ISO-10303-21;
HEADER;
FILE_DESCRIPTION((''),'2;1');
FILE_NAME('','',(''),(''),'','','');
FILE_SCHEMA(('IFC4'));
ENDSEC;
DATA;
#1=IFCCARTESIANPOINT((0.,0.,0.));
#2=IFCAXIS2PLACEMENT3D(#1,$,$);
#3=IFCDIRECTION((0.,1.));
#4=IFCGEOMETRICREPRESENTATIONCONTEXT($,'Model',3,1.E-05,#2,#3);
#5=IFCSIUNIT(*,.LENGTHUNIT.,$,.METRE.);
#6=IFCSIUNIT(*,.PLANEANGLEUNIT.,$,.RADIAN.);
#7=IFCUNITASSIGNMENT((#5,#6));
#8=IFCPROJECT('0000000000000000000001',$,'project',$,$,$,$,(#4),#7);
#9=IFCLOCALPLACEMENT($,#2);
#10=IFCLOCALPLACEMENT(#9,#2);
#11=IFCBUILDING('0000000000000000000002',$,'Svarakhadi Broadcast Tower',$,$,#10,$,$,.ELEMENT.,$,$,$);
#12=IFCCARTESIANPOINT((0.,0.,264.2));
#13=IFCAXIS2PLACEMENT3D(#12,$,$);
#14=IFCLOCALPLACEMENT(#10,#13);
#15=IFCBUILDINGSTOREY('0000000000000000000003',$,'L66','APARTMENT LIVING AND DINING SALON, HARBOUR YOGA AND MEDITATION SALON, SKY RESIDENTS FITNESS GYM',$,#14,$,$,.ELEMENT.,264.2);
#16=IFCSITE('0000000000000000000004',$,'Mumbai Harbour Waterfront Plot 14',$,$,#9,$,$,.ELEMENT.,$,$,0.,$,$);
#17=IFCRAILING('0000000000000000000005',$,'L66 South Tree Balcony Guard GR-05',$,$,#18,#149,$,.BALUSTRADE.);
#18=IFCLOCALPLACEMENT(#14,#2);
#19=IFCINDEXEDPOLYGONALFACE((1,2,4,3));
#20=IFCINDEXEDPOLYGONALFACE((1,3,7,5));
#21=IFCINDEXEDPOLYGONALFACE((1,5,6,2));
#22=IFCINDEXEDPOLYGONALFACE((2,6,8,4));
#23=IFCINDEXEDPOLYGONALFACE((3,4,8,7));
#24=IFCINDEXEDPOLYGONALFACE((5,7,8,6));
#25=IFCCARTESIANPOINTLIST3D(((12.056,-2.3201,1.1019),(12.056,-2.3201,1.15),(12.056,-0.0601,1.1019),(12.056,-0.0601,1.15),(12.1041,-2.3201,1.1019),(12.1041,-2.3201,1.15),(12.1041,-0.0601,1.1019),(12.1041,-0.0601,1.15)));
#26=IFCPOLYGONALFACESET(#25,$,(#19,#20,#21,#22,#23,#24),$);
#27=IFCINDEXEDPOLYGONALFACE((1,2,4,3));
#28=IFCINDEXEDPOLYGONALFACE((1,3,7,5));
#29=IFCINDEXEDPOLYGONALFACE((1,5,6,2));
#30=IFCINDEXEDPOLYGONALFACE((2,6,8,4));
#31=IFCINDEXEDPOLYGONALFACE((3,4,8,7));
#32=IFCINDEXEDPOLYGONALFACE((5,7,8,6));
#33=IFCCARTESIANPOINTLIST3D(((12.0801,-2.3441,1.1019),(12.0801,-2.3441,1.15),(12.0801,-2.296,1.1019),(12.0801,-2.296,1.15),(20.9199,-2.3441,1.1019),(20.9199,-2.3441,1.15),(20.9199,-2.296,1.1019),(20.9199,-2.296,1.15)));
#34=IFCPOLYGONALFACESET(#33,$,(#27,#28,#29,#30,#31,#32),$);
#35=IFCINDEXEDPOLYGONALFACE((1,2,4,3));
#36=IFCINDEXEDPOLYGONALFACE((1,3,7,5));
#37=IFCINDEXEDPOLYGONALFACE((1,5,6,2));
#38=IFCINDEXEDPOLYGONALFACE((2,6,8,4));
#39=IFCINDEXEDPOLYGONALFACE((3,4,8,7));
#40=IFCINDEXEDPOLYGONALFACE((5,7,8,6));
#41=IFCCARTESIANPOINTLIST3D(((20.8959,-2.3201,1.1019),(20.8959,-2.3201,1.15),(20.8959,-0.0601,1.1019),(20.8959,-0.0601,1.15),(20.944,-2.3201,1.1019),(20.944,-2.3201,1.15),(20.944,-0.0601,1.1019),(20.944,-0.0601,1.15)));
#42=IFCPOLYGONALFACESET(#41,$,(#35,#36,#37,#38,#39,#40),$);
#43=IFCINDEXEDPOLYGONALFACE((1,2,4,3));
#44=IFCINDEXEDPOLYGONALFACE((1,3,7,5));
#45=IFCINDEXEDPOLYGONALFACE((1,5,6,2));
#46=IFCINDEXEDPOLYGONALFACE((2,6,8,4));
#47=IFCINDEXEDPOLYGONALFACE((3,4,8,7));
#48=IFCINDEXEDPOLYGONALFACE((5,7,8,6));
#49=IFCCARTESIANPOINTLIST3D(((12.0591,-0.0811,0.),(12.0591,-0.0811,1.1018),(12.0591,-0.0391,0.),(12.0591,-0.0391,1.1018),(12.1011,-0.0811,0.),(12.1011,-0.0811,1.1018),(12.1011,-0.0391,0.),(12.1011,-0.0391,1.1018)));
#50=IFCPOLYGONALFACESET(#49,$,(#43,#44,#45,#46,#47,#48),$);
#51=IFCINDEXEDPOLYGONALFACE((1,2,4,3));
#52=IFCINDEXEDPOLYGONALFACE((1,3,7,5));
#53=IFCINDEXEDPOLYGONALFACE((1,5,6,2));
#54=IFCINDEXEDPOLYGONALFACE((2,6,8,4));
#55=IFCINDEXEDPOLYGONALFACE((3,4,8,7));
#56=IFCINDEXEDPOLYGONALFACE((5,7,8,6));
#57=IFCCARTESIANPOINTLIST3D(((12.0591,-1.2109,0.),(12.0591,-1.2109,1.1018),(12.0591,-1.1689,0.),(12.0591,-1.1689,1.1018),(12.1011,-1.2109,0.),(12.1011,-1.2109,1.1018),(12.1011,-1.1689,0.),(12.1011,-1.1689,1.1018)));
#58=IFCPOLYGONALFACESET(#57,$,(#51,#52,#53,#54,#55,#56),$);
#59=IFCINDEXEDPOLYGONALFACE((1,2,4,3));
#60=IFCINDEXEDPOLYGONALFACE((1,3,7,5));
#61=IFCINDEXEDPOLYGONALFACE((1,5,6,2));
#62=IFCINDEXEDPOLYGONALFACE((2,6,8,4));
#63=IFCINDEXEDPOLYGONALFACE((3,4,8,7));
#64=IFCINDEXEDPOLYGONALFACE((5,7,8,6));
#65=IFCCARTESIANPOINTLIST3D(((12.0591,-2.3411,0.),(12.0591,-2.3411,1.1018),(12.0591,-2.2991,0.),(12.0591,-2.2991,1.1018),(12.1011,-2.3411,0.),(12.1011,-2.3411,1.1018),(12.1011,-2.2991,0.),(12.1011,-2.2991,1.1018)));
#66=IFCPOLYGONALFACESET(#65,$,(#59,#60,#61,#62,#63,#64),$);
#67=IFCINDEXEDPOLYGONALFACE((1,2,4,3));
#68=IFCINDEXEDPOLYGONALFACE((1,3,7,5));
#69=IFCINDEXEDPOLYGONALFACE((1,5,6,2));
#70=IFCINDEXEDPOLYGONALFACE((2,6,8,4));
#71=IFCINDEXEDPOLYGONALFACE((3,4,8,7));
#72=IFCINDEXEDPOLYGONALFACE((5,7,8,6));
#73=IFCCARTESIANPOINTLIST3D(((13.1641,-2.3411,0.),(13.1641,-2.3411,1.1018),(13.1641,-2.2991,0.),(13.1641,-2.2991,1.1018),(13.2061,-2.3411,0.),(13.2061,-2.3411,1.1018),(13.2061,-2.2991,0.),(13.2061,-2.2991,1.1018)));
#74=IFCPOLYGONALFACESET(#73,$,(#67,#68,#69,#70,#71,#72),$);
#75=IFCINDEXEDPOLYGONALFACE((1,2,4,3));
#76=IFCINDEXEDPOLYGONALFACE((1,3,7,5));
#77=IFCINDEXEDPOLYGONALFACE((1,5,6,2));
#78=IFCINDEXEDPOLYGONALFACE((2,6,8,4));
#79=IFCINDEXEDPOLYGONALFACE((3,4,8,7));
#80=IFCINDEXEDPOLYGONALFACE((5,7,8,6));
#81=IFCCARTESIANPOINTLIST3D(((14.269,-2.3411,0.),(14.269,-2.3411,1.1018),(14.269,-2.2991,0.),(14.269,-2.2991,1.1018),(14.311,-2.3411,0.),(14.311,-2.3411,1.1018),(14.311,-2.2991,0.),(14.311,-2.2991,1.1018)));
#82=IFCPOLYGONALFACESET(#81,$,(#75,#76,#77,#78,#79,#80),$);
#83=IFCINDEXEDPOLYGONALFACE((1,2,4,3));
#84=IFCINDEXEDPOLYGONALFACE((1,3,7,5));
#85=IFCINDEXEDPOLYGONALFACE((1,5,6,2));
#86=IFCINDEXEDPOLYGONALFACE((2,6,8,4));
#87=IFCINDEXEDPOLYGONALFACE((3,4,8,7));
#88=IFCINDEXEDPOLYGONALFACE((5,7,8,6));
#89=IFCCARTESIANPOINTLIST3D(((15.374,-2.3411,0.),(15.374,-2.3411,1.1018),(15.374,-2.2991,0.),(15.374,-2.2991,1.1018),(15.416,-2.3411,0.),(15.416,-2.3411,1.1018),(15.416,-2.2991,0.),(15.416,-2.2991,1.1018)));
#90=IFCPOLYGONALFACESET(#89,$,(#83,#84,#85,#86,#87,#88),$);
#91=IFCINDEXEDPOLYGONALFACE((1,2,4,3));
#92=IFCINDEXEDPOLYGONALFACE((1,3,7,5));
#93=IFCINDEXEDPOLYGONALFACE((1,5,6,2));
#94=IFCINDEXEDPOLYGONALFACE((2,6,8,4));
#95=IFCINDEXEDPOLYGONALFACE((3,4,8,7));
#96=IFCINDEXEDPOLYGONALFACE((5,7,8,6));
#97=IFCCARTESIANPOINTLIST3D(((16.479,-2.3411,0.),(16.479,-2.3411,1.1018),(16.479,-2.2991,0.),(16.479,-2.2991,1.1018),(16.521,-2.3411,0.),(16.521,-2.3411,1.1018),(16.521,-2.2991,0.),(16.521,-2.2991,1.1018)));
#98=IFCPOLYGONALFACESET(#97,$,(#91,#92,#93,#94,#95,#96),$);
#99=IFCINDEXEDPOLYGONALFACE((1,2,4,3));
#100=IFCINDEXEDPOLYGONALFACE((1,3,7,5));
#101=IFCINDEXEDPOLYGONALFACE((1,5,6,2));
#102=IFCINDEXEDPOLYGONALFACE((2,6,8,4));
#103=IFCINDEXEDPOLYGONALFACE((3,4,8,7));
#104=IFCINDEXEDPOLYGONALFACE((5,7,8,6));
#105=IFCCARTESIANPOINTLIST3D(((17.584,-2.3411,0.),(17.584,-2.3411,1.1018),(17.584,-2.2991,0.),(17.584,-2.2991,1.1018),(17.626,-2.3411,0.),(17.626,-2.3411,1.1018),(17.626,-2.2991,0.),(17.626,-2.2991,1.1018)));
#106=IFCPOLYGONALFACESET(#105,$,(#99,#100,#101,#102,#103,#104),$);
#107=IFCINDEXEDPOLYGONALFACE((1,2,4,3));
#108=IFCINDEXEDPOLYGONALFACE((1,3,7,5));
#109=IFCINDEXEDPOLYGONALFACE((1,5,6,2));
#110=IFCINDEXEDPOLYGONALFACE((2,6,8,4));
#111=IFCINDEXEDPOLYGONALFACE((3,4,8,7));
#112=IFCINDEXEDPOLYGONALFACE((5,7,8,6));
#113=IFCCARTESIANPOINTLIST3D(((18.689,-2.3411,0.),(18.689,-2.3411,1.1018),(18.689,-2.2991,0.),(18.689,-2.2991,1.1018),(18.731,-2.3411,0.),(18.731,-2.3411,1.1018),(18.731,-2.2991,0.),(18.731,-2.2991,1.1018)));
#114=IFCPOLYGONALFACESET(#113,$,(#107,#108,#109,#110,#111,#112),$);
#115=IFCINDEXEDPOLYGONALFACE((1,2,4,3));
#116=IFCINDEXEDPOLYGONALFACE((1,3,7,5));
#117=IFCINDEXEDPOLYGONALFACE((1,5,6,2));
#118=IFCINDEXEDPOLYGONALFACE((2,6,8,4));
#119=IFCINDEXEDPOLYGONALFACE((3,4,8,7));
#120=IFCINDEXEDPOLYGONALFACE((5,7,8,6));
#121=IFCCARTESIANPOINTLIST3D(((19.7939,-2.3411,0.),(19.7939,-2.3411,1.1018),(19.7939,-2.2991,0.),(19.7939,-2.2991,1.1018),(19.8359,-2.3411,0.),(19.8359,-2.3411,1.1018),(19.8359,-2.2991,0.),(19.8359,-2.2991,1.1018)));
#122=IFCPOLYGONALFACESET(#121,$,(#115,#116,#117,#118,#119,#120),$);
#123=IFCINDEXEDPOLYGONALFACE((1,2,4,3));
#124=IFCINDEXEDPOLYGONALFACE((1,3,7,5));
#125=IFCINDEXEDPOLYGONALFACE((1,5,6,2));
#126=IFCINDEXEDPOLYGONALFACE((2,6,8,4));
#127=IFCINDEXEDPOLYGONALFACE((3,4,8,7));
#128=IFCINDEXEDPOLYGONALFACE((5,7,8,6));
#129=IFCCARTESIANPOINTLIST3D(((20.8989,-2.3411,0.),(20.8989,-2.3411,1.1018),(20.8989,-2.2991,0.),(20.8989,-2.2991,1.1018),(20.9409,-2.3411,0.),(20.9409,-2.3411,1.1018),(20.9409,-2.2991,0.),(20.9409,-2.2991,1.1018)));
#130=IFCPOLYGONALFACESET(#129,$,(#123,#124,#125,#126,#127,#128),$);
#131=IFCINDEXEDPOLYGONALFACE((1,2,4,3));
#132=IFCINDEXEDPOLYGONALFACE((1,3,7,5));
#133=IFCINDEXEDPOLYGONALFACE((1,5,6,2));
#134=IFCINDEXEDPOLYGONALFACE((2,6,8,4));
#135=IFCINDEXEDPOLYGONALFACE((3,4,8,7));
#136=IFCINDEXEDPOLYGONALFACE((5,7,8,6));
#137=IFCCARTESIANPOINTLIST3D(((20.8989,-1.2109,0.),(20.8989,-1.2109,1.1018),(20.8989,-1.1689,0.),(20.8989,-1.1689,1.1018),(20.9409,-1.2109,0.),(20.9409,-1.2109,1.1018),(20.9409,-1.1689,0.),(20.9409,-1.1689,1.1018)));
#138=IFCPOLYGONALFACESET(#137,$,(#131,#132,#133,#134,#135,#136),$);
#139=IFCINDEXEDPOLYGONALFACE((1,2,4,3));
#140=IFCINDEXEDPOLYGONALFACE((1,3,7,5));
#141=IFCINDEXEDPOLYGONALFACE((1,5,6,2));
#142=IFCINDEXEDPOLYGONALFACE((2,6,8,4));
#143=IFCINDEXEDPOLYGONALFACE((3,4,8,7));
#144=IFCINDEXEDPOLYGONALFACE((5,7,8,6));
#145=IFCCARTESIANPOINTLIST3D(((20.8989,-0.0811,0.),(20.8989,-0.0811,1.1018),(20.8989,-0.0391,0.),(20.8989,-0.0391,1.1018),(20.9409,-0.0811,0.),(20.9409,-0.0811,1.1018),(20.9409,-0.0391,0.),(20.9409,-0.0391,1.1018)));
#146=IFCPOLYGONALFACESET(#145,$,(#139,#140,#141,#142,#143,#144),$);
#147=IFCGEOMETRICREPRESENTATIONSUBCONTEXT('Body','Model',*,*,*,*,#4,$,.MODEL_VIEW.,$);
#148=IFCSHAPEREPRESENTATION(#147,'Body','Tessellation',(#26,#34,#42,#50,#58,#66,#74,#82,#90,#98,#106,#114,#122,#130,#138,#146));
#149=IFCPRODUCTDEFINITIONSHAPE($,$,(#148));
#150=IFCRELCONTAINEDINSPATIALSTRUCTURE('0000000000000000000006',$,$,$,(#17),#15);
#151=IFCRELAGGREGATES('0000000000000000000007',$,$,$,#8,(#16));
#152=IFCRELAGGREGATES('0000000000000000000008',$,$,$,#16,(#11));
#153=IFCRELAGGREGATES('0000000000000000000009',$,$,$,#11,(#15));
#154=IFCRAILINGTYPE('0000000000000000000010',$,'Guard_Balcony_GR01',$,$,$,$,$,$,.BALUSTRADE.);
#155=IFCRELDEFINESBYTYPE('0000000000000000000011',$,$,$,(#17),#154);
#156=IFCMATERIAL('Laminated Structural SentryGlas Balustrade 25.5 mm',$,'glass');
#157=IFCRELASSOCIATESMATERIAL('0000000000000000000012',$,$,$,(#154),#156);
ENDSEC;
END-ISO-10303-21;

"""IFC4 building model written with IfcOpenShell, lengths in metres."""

from ifc_helpers import new_model, si_unit, direction, frame, origin, origin_2d, place, context, subcontext, project, spatial, rectangle, extrude, material, type_object, element, save


model = new_model("IFC4")

# Units and contexts
model_context = context("Model", 3, precision=1e-05, world=origin(), true_north=direction((0.0, 1.0)))
body_context = subcontext(model_context, "Body", "Model", "MODEL_VIEW")
ifc_project = project(units=[si_unit("LENGTHUNIT", "METRE"), si_unit("PLANEANGLEUNIT", "RADIAN")], contexts=[model_context])

# Site, building, storey
site_placement = place(None, origin())
site = spatial("IfcSite", under=ifc_project, at=site_placement, Name="Mumbai Harbour Waterfront Plot 14", CompositionType="ELEMENT", RefElevation=0.0)
building_placement = place(site_placement, origin())
building = spatial("IfcBuilding", under=site, at=building_placement, Name="Svarakhadi Broadcast Tower", CompositionType="ELEMENT")
storey_placement = place(building_placement, frame((0.0, 0.0, 264.2)))
storey = spatial("IfcBuildingStorey", under=building, at=storey_placement, Name="L66", Description="APARTMENT LIVING AND DINING SALON, HARBOUR YOGA AND MEDITATION SALON, SKY RESIDENTS FITNESS GYM", CompositionType="ELEMENT", Elevation=264.2)

# Railing
ifc_material_1 = material(Name="Laminated Structural SentryGlas Balustrade 25.5 mm", Category="glass")
railing_type = type_object("IfcRailingType", Name="Guard_Balcony_GR01", PredefinedType="BALUSTRADE", material=ifc_material_1)
railing_placement = place(storey_placement, frame((12.0801, -0.0601, 0.0)))
element("IfcRailing", 1, at=railing_placement, inside=storey, type_object=railing_type, Name="L66 South Tree Balcony Guard GR-05", PredefinedType="BALUSTRADE", context=body_context, shape_type="SweptSolid", body=[
    extrude(rectangle(XDim=0.0481, YDim=0.0481, at=origin_2d()), frame((0.0, 0.0, 1.126), z_axis=(0.0, -1.0, 0.0), x_axis=(1.0, 0.0, 0.0)), (0.0, 0.0, 1.0), 2.26),
    extrude(rectangle(XDim=0.0481, YDim=0.0481, at=origin_2d()), frame((0.0, -2.26, 1.126), z_axis=(1.0, 0.0, 0.0), x_axis=(0.0, 1.0, 0.0)), (0.0, 0.0, 1.0), 8.8398),
    extrude(rectangle(XDim=0.0481, YDim=0.0481, at=origin_2d()), frame((8.8398, -2.26, 1.126), z_axis=(0.0, 1.0, 0.0), x_axis=(-1.0, 0.0, 0.0)), (0.0, 0.0, 1.0), 2.26),
    extrude(rectangle(XDim=0.042, YDim=0.042, at=origin_2d()), origin(), (0.0, 0.0, 1.0), 1.1018),
    extrude(rectangle(XDim=0.042, YDim=0.042, at=origin_2d()), frame((0.0, -1.1299, 0.0)), (0.0, 0.0, 1.0), 1.1018),
    extrude(rectangle(XDim=0.042, YDim=0.042, at=origin_2d()), frame((0.0, -2.26, 0.0)), (0.0, 0.0, 1.0), 1.1018),
    extrude(rectangle(XDim=0.042, YDim=0.042, at=origin_2d()), frame((1.105, -2.26, 0.0)), (0.0, 0.0, 1.0), 1.1018),
    extrude(rectangle(XDim=0.042, YDim=0.042, at=origin_2d()), frame((2.21, -2.26, 0.0)), (0.0, 0.0, 1.0), 1.1018),
    extrude(rectangle(XDim=0.042, YDim=0.042, at=origin_2d()), frame((3.3149, -2.26, 0.0)), (0.0, 0.0, 1.0), 1.1018),
    extrude(rectangle(XDim=0.042, YDim=0.042, at=origin_2d()), frame((4.4199, -2.26, 0.0)), (0.0, 0.0, 1.0), 1.1018),
    extrude(rectangle(XDim=0.042, YDim=0.042, at=origin_2d()), frame((5.5249, -2.26, 0.0)), (0.0, 0.0, 1.0), 1.1018),
    extrude(rectangle(XDim=0.042, YDim=0.042, at=origin_2d()), frame((6.6299, -2.26, 0.0)), (0.0, 0.0, 1.0), 1.1018),
    extrude(rectangle(XDim=0.042, YDim=0.042, at=origin_2d()), frame((7.7349, -2.26, 0.0)), (0.0, 0.0, 1.0), 1.1018),
    extrude(rectangle(XDim=0.042, YDim=0.042, at=origin_2d()), frame((8.8398, -2.26, 0.0)), (0.0, 0.0, 1.0), 1.1018),
    extrude(rectangle(XDim=0.042, YDim=0.042, at=origin_2d()), frame((8.8398, -1.1299, 0.0)), (0.0, 0.0, 1.0), 1.1018),
    extrude(rectangle(XDim=0.042, YDim=0.042, at=origin_2d()), frame((8.8398, 0.0, 0.0)), (0.0, 0.0, 1.0), 1.1018),
])

save(model, "model.ifc")
